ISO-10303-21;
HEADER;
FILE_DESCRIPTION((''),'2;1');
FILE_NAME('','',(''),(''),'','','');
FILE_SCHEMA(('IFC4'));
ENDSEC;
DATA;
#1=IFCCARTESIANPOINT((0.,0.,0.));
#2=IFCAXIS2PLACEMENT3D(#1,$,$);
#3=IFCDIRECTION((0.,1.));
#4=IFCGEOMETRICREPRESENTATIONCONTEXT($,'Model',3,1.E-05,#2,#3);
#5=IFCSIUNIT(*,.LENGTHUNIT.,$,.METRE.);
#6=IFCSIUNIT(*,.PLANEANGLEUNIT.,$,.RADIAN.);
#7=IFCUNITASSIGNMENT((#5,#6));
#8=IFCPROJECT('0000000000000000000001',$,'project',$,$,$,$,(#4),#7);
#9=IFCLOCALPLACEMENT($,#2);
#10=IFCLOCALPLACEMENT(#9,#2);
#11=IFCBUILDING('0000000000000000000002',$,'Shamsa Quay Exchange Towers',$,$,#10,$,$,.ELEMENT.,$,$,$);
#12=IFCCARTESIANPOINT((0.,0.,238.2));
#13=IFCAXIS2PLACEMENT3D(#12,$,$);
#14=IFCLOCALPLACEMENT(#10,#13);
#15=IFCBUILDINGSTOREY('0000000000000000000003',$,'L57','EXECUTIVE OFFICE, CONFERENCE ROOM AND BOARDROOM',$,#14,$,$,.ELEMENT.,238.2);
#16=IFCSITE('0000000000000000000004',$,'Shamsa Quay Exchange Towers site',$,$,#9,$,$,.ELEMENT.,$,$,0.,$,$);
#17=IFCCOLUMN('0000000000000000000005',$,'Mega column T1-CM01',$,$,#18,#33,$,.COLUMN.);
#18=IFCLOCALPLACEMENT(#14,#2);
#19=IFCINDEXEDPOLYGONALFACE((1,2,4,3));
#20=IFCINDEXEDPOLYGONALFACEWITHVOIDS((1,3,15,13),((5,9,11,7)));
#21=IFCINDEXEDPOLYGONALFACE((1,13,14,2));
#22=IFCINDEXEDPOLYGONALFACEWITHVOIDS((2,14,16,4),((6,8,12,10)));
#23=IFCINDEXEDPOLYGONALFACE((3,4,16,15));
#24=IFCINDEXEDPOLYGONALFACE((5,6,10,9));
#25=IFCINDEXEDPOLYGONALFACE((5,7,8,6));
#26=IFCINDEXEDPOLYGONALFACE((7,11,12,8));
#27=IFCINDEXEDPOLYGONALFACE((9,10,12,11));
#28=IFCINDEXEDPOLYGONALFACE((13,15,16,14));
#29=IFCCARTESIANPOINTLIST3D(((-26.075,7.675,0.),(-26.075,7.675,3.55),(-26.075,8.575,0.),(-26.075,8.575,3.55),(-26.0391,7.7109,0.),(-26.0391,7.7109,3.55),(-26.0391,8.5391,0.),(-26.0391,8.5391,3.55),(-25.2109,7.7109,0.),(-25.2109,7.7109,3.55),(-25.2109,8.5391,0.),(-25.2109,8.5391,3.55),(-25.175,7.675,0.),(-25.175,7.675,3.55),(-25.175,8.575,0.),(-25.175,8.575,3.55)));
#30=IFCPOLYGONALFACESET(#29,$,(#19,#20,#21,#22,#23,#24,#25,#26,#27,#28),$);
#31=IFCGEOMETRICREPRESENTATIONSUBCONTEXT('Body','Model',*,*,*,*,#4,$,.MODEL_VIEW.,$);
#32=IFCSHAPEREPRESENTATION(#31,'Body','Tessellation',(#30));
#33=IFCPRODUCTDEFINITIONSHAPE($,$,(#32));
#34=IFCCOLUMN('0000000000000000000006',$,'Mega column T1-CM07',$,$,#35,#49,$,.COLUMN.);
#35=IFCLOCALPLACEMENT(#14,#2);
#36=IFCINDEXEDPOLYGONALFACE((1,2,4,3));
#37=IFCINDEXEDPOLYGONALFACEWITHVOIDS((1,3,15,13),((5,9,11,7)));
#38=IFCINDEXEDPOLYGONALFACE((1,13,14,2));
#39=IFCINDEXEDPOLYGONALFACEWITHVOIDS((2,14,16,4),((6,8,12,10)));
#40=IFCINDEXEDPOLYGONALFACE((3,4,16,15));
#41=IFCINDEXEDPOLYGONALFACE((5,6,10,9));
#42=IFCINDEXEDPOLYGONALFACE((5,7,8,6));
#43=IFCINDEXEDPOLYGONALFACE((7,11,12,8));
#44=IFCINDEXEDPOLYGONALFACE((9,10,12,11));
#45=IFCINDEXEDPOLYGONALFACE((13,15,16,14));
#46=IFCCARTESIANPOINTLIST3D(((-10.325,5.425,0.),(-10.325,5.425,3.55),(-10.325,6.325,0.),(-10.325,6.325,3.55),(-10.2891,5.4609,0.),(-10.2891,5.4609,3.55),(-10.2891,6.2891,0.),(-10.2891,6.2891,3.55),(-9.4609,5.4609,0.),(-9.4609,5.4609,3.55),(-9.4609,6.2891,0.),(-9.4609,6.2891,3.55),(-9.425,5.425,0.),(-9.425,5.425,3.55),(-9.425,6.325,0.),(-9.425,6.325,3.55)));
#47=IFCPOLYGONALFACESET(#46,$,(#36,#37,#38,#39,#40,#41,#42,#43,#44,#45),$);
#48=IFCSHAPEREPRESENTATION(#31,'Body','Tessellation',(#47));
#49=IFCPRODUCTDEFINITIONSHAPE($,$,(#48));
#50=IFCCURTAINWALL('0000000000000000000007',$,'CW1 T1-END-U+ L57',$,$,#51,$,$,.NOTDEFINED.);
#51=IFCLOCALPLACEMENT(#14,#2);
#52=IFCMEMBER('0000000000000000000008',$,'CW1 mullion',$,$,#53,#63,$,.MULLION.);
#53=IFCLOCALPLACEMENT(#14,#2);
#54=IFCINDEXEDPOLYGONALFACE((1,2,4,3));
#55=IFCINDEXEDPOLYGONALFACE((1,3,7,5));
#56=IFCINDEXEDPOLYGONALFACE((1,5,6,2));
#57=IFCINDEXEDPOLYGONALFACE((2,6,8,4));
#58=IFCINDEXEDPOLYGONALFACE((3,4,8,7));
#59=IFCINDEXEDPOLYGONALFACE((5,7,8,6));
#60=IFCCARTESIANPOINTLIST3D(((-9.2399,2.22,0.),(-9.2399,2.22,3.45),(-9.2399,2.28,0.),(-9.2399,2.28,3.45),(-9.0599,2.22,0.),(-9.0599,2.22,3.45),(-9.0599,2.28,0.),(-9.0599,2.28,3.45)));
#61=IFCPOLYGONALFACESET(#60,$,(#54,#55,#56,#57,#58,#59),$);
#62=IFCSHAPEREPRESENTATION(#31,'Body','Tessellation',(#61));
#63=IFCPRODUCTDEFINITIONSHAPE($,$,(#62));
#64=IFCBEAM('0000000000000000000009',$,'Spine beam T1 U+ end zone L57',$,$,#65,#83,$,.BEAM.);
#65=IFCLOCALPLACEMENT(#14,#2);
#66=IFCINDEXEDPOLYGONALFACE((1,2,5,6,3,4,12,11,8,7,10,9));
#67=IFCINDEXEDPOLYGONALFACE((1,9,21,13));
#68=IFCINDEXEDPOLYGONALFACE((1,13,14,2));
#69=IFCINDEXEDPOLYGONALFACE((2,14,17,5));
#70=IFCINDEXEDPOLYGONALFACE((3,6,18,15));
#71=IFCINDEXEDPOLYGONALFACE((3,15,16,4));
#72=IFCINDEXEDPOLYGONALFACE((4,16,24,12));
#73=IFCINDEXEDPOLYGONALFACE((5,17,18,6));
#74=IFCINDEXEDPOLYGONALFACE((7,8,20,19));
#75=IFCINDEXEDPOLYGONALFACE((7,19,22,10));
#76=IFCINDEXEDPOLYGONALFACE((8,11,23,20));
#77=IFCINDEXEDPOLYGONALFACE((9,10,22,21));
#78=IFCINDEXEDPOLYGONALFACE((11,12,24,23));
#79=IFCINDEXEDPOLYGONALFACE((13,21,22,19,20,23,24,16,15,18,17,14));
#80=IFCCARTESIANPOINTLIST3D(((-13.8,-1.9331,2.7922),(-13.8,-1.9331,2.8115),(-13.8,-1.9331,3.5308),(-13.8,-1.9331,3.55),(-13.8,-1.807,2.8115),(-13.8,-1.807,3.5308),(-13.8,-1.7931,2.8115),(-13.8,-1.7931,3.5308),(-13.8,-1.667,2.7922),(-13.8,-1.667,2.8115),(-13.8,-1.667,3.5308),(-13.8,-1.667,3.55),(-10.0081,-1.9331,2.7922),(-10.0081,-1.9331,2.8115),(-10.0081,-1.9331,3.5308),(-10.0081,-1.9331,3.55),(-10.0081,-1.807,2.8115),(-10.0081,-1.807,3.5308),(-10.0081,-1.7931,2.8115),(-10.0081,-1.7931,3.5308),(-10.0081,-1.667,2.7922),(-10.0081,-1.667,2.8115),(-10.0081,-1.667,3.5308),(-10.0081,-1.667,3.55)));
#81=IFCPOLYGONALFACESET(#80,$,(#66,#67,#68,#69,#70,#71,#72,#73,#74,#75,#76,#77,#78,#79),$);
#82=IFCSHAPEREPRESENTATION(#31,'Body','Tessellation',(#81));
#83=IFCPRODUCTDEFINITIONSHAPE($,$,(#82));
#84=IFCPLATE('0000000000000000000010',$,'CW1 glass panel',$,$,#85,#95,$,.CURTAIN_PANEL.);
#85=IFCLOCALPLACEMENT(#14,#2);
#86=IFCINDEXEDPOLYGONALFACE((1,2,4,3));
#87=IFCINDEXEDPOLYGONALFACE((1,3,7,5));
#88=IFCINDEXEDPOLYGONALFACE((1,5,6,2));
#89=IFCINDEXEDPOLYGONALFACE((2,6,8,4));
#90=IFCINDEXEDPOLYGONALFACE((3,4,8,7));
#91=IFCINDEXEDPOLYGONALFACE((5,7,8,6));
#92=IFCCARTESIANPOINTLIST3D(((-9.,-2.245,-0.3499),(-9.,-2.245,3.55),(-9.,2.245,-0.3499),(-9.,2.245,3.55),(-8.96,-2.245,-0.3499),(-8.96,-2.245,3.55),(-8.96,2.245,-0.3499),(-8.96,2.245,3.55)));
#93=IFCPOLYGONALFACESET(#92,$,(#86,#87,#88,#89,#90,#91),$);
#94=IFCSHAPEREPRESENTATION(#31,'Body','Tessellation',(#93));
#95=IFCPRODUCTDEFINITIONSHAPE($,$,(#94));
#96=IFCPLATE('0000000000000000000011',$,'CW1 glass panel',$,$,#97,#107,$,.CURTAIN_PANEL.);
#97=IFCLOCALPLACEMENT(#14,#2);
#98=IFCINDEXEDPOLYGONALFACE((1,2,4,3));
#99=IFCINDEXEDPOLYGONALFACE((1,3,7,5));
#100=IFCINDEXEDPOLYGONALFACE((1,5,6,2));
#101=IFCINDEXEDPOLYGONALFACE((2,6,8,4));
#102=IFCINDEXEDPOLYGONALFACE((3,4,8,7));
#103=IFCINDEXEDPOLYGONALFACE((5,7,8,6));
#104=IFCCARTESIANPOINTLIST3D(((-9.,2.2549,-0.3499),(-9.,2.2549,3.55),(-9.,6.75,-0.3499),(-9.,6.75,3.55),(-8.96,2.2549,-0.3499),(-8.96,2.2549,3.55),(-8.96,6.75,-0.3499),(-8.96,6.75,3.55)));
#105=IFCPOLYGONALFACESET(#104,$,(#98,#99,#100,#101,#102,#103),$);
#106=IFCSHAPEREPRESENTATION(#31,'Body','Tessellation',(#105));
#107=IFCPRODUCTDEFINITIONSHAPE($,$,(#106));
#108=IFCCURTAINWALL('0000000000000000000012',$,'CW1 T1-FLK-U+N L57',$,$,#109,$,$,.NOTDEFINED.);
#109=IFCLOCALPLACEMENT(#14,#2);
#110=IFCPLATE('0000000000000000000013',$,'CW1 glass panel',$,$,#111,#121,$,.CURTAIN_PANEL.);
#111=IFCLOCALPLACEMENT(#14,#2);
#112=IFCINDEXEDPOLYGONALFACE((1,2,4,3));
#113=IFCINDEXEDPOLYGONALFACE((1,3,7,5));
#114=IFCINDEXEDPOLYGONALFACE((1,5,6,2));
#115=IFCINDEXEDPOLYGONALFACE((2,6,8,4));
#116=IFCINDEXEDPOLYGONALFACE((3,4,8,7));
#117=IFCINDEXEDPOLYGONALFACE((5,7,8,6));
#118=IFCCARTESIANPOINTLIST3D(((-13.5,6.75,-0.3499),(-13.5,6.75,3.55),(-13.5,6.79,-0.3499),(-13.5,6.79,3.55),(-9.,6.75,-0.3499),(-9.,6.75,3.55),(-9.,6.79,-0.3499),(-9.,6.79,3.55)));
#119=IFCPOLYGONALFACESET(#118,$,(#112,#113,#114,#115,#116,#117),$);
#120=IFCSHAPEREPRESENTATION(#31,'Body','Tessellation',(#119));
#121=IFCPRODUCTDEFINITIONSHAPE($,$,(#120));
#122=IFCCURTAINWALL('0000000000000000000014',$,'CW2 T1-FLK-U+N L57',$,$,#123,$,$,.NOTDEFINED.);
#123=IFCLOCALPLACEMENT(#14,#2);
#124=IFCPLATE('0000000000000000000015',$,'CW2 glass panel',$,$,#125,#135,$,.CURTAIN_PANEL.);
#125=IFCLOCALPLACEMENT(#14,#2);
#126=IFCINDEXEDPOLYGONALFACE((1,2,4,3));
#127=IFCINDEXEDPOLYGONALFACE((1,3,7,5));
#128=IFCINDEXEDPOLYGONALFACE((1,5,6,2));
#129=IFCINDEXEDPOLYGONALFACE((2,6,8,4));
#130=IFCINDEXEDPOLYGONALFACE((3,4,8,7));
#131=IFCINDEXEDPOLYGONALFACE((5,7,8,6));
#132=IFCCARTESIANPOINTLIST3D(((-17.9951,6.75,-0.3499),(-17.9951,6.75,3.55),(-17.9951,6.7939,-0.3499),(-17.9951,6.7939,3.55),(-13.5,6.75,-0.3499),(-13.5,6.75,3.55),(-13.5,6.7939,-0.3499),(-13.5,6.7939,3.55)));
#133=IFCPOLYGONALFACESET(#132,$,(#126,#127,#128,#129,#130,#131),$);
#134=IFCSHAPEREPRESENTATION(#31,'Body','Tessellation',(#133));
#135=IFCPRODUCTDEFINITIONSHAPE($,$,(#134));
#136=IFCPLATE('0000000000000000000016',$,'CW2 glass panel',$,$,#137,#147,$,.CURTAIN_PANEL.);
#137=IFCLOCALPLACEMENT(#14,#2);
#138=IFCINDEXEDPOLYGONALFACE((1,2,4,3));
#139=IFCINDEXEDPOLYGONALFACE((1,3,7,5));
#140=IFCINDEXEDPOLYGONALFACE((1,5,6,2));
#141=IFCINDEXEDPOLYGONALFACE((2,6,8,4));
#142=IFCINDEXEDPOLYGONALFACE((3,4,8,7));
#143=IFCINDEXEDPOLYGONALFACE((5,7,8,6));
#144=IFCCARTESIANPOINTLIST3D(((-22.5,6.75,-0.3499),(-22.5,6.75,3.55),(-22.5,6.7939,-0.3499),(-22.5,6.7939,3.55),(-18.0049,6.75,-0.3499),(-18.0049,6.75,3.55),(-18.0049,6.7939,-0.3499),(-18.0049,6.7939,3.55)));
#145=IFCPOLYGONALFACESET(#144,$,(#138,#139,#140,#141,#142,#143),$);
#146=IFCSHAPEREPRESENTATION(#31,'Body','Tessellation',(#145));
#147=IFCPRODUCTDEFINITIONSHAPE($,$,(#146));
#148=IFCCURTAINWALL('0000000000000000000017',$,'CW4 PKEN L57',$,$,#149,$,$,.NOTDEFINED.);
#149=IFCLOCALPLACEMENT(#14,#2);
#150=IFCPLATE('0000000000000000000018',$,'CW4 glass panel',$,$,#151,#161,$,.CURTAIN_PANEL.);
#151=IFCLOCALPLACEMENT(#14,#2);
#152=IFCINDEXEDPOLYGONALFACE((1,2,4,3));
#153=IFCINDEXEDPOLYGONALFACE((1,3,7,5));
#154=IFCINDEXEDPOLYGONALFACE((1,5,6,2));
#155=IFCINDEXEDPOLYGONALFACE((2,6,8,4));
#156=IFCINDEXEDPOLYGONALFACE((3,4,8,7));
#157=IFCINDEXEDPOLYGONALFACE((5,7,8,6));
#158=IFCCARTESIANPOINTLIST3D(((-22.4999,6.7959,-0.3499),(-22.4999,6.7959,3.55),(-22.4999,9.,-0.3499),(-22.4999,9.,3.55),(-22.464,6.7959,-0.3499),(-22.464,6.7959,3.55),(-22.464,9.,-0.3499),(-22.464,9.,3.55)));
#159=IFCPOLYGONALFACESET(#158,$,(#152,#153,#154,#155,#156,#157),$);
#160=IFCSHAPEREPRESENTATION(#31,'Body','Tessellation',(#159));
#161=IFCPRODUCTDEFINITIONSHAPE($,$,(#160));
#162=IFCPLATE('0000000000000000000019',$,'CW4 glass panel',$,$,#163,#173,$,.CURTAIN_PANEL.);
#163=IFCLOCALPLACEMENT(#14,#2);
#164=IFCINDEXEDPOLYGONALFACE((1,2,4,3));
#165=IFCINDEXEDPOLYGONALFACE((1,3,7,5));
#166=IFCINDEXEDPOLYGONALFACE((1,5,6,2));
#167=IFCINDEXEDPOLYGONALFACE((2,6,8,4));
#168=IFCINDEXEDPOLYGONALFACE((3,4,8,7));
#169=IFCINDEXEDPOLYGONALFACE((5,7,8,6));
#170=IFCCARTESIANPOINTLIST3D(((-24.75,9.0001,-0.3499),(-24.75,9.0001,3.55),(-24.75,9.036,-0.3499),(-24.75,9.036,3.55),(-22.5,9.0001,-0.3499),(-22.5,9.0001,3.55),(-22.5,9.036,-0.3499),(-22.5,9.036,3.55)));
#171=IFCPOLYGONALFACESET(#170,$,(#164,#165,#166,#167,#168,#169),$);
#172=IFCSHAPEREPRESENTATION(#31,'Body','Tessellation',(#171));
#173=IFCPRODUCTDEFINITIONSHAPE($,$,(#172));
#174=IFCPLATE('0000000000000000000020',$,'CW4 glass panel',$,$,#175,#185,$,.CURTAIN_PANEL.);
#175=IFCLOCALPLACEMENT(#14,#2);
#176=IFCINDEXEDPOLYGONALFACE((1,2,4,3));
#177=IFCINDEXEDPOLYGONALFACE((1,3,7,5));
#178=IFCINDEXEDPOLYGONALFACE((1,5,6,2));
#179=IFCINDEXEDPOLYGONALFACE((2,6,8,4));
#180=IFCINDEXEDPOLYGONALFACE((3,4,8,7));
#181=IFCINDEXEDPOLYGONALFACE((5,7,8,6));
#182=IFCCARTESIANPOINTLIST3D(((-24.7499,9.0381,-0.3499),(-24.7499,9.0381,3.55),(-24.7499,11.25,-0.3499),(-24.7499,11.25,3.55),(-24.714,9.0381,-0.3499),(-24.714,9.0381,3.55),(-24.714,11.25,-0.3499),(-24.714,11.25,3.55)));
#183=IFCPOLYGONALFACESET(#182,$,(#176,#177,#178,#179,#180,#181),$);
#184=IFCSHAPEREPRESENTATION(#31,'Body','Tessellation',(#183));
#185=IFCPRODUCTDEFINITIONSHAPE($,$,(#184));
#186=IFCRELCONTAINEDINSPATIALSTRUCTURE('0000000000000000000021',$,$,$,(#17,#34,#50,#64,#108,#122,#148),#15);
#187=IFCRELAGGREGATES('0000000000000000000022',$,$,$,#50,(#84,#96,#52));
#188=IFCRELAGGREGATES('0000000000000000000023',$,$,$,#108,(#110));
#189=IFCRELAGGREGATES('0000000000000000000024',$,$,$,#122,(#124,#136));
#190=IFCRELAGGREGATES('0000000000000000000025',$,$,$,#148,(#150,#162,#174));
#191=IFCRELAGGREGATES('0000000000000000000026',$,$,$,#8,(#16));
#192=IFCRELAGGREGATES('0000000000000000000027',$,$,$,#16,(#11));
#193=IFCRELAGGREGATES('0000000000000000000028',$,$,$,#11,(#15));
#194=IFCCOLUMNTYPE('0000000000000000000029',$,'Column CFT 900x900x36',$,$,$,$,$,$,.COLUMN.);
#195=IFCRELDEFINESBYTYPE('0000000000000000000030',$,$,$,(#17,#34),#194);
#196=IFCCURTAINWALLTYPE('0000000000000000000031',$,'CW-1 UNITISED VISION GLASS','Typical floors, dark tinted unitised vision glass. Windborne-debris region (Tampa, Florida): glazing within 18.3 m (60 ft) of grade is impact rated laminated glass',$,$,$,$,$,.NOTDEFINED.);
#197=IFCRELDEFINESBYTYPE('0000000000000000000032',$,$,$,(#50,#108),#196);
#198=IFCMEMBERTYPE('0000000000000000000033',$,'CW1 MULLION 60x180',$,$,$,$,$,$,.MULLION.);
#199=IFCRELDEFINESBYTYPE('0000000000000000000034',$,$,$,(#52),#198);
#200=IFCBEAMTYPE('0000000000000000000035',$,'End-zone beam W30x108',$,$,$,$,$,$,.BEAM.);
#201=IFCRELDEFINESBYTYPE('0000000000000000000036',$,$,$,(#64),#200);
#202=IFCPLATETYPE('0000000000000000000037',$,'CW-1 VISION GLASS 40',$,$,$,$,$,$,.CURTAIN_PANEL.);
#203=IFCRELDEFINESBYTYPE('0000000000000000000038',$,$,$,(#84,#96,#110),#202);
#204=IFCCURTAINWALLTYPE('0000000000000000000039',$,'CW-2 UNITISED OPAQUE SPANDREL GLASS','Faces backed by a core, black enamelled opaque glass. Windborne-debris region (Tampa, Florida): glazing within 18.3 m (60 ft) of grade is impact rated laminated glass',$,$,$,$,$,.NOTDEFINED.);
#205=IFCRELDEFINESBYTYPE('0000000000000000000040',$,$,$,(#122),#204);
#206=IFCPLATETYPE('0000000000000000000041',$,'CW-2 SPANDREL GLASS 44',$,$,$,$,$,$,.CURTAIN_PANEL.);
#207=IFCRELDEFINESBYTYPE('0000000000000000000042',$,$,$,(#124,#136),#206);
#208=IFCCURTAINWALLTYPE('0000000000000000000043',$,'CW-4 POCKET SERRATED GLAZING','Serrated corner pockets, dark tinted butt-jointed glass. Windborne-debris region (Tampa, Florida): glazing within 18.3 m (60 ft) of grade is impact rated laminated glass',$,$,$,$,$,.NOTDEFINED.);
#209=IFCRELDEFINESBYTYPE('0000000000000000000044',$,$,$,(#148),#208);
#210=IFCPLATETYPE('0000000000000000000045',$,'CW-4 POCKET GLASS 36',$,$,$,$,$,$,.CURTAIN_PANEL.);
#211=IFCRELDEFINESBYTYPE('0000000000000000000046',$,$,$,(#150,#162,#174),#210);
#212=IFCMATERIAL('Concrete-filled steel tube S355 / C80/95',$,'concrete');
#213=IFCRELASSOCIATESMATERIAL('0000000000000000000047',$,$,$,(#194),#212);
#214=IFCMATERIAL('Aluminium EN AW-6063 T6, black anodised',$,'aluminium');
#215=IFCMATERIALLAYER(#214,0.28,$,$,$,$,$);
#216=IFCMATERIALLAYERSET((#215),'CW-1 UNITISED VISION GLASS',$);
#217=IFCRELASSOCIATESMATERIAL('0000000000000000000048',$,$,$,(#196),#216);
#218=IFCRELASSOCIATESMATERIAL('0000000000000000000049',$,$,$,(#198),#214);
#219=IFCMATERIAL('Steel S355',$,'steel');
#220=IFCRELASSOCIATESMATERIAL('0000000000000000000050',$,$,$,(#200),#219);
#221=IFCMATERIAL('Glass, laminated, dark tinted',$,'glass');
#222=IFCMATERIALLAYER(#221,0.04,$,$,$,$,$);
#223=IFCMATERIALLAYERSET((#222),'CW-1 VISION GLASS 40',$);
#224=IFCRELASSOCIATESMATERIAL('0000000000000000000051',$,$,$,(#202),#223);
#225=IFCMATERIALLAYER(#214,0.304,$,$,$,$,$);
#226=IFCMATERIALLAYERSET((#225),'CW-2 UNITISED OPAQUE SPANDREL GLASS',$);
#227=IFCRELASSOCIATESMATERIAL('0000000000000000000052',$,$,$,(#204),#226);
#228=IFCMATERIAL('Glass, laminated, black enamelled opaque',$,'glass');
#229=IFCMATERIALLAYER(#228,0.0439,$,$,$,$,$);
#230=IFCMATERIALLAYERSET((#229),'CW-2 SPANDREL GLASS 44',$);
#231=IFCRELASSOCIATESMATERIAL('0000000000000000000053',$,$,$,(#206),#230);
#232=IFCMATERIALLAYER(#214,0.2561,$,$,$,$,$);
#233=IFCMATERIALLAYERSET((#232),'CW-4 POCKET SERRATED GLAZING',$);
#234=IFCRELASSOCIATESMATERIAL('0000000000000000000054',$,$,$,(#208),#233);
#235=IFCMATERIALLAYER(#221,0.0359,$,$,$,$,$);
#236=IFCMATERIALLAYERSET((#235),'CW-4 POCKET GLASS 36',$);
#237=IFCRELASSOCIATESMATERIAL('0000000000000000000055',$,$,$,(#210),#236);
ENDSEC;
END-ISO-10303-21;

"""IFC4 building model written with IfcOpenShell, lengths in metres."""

from ifc_helpers import new_model, si_unit, direction, frame, origin, origin_2d, place, context, subcontext, project, spatial, rectangle, hollow_rectangle, i_section, extrude, material, layer, layer_set, material_profile, profile_set, type_object, element, aggregate, save


model = new_model("IFC4")

# Units and contexts
model_context = context("Model", 3, precision=1e-05, world=origin(), true_north=direction((0.0, 1.0)))
body_context = subcontext(model_context, "Body", "Model", "MODEL_VIEW")
ifc_project = project(units=[si_unit("LENGTHUNIT", "METRE"), si_unit("PLANEANGLEUNIT", "RADIAN")], contexts=[model_context])

# Site, building, storey
site_placement = place(None, origin())
site = spatial("IfcSite", under=ifc_project, at=site_placement, Name="Shamsa Quay Exchange Towers site", CompositionType="ELEMENT", RefElevation=0.0)
building_placement = place(site_placement, origin())
building = spatial("IfcBuilding", under=site, at=building_placement, Name="Shamsa Quay Exchange Towers", CompositionType="ELEMENT")
storey_placement = place(building_placement, frame((0.0, 0.0, 238.2)))
storey = spatial("IfcBuildingStorey", under=building, at=storey_placement, Name="L57", Description="EXECUTIVE OFFICE, CONFERENCE ROOM AND BOARDROOM", CompositionType="ELEMENT", Elevation=238.2)

# Columns
ifc_material_1 = material(Name="Concrete-filled steel tube S355 / C80/95", Category="concrete")
ifc_material_profile_1 = material_profile(ifc_material_1, hollow_rectangle(XDim=0.8999, YDim=0.8999, WallThickness=0.0359, at=origin_2d()), Name="CFT 900x900x36")
ifc_profile_set_1 = profile_set([ifc_material_profile_1], Name="Concrete-filled steel tube S355 / C80/95")
column_type = type_object("IfcColumnType", Name="Column CFT 900x900x36", PredefinedType="COLUMN", material=ifc_profile_set_1)
for number, where, name in (
    (1, (-25.625, 8.125, 0.0), "Mega column T1-CM01"),
    (2, (-9.875, 5.875, 0.0), "Mega column T1-CM07"),
):
    element("IfcColumn", number, at=place(storey_placement, frame(where)), inside=storey, type_object=column_type, Name=name, PredefinedType="COLUMN", context=body_context, shape_type="SweptSolid", body=[
        extrude(hollow_rectangle(XDim=0.8999, YDim=0.8999, WallThickness=0.0359, at=origin_2d()), origin(), (0.0, 0.0, 1.0), 3.55),
    ])

# Curtain wall, member
ifc_material_2 = material(Name="Aluminium EN AW-6063 T6, black anodised", Category="aluminium")
ifc_layer_1 = layer(ifc_material_2, 0.28)
ifc_layer_set_1 = layer_set([ifc_layer_1], Name="CW-1 UNITISED VISION GLASS")
curtain_wall_type_1 = type_object("IfcCurtainWallType", Name="CW-1 UNITISED VISION GLASS", Description="Typical floors, dark tinted unitised vision glass. Windborne-debris region (Tampa, Florida): glazing within 18.3 m (60 ft) of grade is impact rated laminated glass", PredefinedType="NOTDEFINED", material=ifc_layer_set_1)
curtain_wall_1_placement = place(storey_placement, origin())
curtain_wall_1 = element("IfcCurtainWall", 3, at=curtain_wall_1_placement, inside=storey, type_object=curtain_wall_type_1, Name="CW1 T1-END-U+ L57", PredefinedType="NOTDEFINED")
ifc_material_profile_2 = material_profile(ifc_material_2, rectangle(XDim=0.1799, YDim=0.0601, at=origin_2d()), Name="MU60x180")
ifc_profile_set_2 = profile_set([ifc_material_profile_2], Name="Aluminium EN AW-6063 T6, black anodised")
member_type = type_object("IfcMemberType", Name="CW1 MULLION 60x180", PredefinedType="MULLION", material=ifc_profile_set_2)
member_placement = place(storey_placement, frame((-9.1499, 2.25, 0.0), z_axis=(0.0, 0.0, 1.0), x_axis=(-1.0, 0.0, 0.0)))
member = element("IfcMember", 4, at=member_placement, type_object=member_type, Name="CW1 mullion", PredefinedType="MULLION", context=body_context, shape_type="SweptSolid", body=[
    extrude(rectangle(XDim=0.1799, YDim=0.0601, at=origin_2d()), origin(), (0.0, 0.0, 1.0), 3.45),
])

# Beam
ifc_material_3 = material(Name="Steel S355", Category="steel")
ifc_material_profile_3 = material_profile(ifc_material_3, i_section(OverallWidth=0.2661, OverallDepth=0.7578, WebThickness=0.0139, FlangeThickness=0.0193, at=origin_2d()), Name="W30x108")
ifc_profile_set_3 = profile_set([ifc_material_profile_3], Name="Steel S355")
beam_type = type_object("IfcBeamType", Name="End-zone beam W30x108", PredefinedType="BEAM", material=ifc_profile_set_3)
beam_placement = place(storey_placement, frame((-13.8, -1.8, 3.1711), z_axis=(1.0, 0.0, 0.0), x_axis=(0.0, 1.0, 0.0)))
element("IfcBeam", 5, at=beam_placement, inside=storey, type_object=beam_type, Name="Spine beam T1 U+ end zone L57", PredefinedType="BEAM", context=body_context, shape_type="SweptSolid", body=[
    extrude(i_section(OverallWidth=0.2661, OverallDepth=0.7578, WebThickness=0.0139, FlangeThickness=0.0193, at=origin_2d()), origin(), (0.0, 0.0, 1.0), 3.792),
])

# Plates
ifc_material_4 = material(Name="Glass, laminated, dark tinted", Category="glass")
ifc_layer_2 = layer(ifc_material_4, 0.04)
ifc_layer_set_2 = layer_set([ifc_layer_2], Name="CW-1 VISION GLASS 40")
plate_type_1 = type_object("IfcPlateType", Name="CW-1 VISION GLASS 40", PredefinedType="CURTAIN_PANEL", material=ifc_layer_set_2)
plate_1_placement = place(storey_placement, frame((-8.98, 0.0, -0.3499), z_axis=(0.0, 0.0, 1.0), x_axis=(0.0, 1.0, 0.0)))
plate_1 = element("IfcPlate", 6, at=plate_1_placement, type_object=plate_type_1, Name="CW1 glass panel", PredefinedType="CURTAIN_PANEL", context=body_context, shape_type="SweptSolid", body=[
    extrude(rectangle(XDim=4.49, YDim=0.04, at=origin_2d()), origin(), (0.0, 0.0, 1.0), 3.8999),
])
plate_2_placement = place(storey_placement, frame((-8.98, 4.5024, -0.3499), z_axis=(0.0, 0.0, 1.0), x_axis=(0.0, 1.0, 0.0)))
plate_2 = element("IfcPlate", 7, at=plate_2_placement, type_object=plate_type_1, Name="CW1 glass panel", PredefinedType="CURTAIN_PANEL", context=body_context, shape_type="SweptSolid", body=[
    extrude(rectangle(XDim=4.4951, YDim=0.04, at=origin_2d()), origin(), (0.0, 0.0, 1.0), 3.8999),
])
aggregate(curtain_wall_1, [plate_1, plate_2, member])

# Curtain wall, plate
curtain_wall_2_placement = place(storey_placement, origin())
curtain_wall_2 = element("IfcCurtainWall", 8, at=curtain_wall_2_placement, inside=storey, type_object=curtain_wall_type_1, Name="CW1 T1-FLK-U+N L57", PredefinedType="NOTDEFINED")
plate_3_placement = place(storey_placement, frame((-11.25, 6.77, -0.3499), z_axis=(0.0, 0.0, 1.0), x_axis=(-1.0, 0.0, 0.0)))
plate_3 = element("IfcPlate", 9, at=plate_3_placement, type_object=plate_type_1, Name="CW1 glass panel", PredefinedType="CURTAIN_PANEL", context=body_context, shape_type="SweptSolid", body=[
    extrude(rectangle(XDim=4.5, YDim=0.04, at=origin_2d()), origin(), (0.0, 0.0, 1.0), 3.8999),
])
aggregate(curtain_wall_2, [plate_3])

# Curtain walls, plates
ifc_layer_3 = layer(ifc_material_2, 0.304)
ifc_layer_set_3 = layer_set([ifc_layer_3], Name="CW-2 UNITISED OPAQUE SPANDREL GLASS")
curtain_wall_type_2 = type_object("IfcCurtainWallType", Name="CW-2 UNITISED OPAQUE SPANDREL GLASS", Description="Faces backed by a core, black enamelled opaque glass. Windborne-debris region (Tampa, Florida): glazing within 18.3 m (60 ft) of grade is impact rated laminated glass", PredefinedType="NOTDEFINED", material=ifc_layer_set_3)
curtain_wall_3_placement = place(storey_placement, origin())
curtain_wall_3 = element("IfcCurtainWall", 10, at=curtain_wall_3_placement, inside=storey, type_object=curtain_wall_type_2, Name="CW2 T1-FLK-U+N L57", PredefinedType="NOTDEFINED")
ifc_material_5 = material(Name="Glass, laminated, black enamelled opaque", Category="glass")
ifc_layer_4 = layer(ifc_material_5, 0.0439)
ifc_layer_set_4 = layer_set([ifc_layer_4], Name="CW-2 SPANDREL GLASS 44")
plate_type_2 = type_object("IfcPlateType", Name="CW-2 SPANDREL GLASS 44", PredefinedType="CURTAIN_PANEL", material=ifc_layer_set_4)
plate_4_placement = place(storey_placement, frame((-15.7476, 6.772, -0.3499), z_axis=(0.0, 0.0, 1.0), x_axis=(-1.0, 0.0, 0.0)))
plate_4 = element("IfcPlate", 11, at=plate_4_placement, type_object=plate_type_2, Name="CW2 glass panel", PredefinedType="CURTAIN_PANEL", context=body_context, shape_type="SweptSolid", body=[
    extrude(rectangle(XDim=4.4951, YDim=0.0439, at=origin_2d()), origin(), (0.0, 0.0, 1.0), 3.8999),
])
plate_5_placement = place(storey_placement, frame((-20.2524, 6.772, -0.3499), z_axis=(0.0, 0.0, 1.0), x_axis=(-1.0, 0.0, 0.0)))
plate_5 = element("IfcPlate", 12, at=plate_5_placement, type_object=plate_type_2, Name="CW2 glass panel", PredefinedType="CURTAIN_PANEL", context=body_context, shape_type="SweptSolid", body=[
    extrude(rectangle(XDim=4.4951, YDim=0.0439, at=origin_2d()), origin(), (0.0, 0.0, 1.0), 3.8999),
])
aggregate(curtain_wall_3, [plate_4, plate_5])
ifc_layer_5 = layer(ifc_material_2, 0.2561)
ifc_layer_set_5 = layer_set([ifc_layer_5], Name="CW-4 POCKET SERRATED GLAZING")
curtain_wall_type_3 = type_object("IfcCurtainWallType", Name="CW-4 POCKET SERRATED GLAZING", Description="Serrated corner pockets, dark tinted butt-jointed glass. Windborne-debris region (Tampa, Florida): glazing within 18.3 m (60 ft) of grade is impact rated laminated glass", PredefinedType="NOTDEFINED", material=ifc_layer_set_5)
curtain_wall_4_placement = place(storey_placement, origin())
curtain_wall_4 = element("IfcCurtainWall", 13, at=curtain_wall_4_placement, inside=storey, type_object=curtain_wall_type_3, Name="CW4 PKEN L57", PredefinedType="NOTDEFINED")
ifc_layer_6 = layer(ifc_material_4, 0.0359)
ifc_layer_set_6 = layer_set([ifc_layer_6], Name="CW-4 POCKET GLASS 36")
plate_type_3 = type_object("IfcPlateType", Name="CW-4 POCKET GLASS 36", PredefinedType="CURTAIN_PANEL", material=ifc_layer_set_6)
plate_6_placement = place(storey_placement, frame((-22.4819, 7.8979, -0.3499), z_axis=(0.0, 0.0, 1.0), x_axis=(0.0, 1.0, 0.0)))
plate_6 = element("IfcPlate", 14, at=plate_6_placement, type_object=plate_type_3, Name="CW4 glass panel", PredefinedType="CURTAIN_PANEL", context=body_context, shape_type="SweptSolid", body=[
    extrude(rectangle(XDim=2.2041, YDim=0.0359, at=origin_2d()), origin(), (0.0, 0.0, 1.0), 3.8999),
])
plate_7_placement = place(storey_placement, frame((-23.625, 9.0181, -0.3499), z_axis=(0.0, 0.0, 1.0), x_axis=(-1.0, 0.0, 0.0)))
plate_7 = element("IfcPlate", 15, at=plate_7_placement, type_object=plate_type_3, Name="CW4 glass panel", PredefinedType="CURTAIN_PANEL", context=body_context, shape_type="SweptSolid", body=[
    extrude(rectangle(XDim=2.25, YDim=0.0359, at=origin_2d()), origin(), (0.0, 0.0, 1.0), 3.8999),
])
plate_8_placement = place(storey_placement, frame((-24.7319, 10.144, -0.3499), z_axis=(0.0, 0.0, 1.0), x_axis=(0.0, 1.0, 0.0)))
plate_8 = element("IfcPlate", 16, at=plate_8_placement, type_object=plate_type_3, Name="CW4 glass panel", PredefinedType="CURTAIN_PANEL", context=body_context, shape_type="SweptSolid", body=[
    extrude(rectangle(XDim=2.2119, YDim=0.0359, at=origin_2d()), origin(), (0.0, 0.0, 1.0), 3.8999),
])
aggregate(curtain_wall_4, [plate_6, plate_7, plate_8])

save(model, "model.ifc")
